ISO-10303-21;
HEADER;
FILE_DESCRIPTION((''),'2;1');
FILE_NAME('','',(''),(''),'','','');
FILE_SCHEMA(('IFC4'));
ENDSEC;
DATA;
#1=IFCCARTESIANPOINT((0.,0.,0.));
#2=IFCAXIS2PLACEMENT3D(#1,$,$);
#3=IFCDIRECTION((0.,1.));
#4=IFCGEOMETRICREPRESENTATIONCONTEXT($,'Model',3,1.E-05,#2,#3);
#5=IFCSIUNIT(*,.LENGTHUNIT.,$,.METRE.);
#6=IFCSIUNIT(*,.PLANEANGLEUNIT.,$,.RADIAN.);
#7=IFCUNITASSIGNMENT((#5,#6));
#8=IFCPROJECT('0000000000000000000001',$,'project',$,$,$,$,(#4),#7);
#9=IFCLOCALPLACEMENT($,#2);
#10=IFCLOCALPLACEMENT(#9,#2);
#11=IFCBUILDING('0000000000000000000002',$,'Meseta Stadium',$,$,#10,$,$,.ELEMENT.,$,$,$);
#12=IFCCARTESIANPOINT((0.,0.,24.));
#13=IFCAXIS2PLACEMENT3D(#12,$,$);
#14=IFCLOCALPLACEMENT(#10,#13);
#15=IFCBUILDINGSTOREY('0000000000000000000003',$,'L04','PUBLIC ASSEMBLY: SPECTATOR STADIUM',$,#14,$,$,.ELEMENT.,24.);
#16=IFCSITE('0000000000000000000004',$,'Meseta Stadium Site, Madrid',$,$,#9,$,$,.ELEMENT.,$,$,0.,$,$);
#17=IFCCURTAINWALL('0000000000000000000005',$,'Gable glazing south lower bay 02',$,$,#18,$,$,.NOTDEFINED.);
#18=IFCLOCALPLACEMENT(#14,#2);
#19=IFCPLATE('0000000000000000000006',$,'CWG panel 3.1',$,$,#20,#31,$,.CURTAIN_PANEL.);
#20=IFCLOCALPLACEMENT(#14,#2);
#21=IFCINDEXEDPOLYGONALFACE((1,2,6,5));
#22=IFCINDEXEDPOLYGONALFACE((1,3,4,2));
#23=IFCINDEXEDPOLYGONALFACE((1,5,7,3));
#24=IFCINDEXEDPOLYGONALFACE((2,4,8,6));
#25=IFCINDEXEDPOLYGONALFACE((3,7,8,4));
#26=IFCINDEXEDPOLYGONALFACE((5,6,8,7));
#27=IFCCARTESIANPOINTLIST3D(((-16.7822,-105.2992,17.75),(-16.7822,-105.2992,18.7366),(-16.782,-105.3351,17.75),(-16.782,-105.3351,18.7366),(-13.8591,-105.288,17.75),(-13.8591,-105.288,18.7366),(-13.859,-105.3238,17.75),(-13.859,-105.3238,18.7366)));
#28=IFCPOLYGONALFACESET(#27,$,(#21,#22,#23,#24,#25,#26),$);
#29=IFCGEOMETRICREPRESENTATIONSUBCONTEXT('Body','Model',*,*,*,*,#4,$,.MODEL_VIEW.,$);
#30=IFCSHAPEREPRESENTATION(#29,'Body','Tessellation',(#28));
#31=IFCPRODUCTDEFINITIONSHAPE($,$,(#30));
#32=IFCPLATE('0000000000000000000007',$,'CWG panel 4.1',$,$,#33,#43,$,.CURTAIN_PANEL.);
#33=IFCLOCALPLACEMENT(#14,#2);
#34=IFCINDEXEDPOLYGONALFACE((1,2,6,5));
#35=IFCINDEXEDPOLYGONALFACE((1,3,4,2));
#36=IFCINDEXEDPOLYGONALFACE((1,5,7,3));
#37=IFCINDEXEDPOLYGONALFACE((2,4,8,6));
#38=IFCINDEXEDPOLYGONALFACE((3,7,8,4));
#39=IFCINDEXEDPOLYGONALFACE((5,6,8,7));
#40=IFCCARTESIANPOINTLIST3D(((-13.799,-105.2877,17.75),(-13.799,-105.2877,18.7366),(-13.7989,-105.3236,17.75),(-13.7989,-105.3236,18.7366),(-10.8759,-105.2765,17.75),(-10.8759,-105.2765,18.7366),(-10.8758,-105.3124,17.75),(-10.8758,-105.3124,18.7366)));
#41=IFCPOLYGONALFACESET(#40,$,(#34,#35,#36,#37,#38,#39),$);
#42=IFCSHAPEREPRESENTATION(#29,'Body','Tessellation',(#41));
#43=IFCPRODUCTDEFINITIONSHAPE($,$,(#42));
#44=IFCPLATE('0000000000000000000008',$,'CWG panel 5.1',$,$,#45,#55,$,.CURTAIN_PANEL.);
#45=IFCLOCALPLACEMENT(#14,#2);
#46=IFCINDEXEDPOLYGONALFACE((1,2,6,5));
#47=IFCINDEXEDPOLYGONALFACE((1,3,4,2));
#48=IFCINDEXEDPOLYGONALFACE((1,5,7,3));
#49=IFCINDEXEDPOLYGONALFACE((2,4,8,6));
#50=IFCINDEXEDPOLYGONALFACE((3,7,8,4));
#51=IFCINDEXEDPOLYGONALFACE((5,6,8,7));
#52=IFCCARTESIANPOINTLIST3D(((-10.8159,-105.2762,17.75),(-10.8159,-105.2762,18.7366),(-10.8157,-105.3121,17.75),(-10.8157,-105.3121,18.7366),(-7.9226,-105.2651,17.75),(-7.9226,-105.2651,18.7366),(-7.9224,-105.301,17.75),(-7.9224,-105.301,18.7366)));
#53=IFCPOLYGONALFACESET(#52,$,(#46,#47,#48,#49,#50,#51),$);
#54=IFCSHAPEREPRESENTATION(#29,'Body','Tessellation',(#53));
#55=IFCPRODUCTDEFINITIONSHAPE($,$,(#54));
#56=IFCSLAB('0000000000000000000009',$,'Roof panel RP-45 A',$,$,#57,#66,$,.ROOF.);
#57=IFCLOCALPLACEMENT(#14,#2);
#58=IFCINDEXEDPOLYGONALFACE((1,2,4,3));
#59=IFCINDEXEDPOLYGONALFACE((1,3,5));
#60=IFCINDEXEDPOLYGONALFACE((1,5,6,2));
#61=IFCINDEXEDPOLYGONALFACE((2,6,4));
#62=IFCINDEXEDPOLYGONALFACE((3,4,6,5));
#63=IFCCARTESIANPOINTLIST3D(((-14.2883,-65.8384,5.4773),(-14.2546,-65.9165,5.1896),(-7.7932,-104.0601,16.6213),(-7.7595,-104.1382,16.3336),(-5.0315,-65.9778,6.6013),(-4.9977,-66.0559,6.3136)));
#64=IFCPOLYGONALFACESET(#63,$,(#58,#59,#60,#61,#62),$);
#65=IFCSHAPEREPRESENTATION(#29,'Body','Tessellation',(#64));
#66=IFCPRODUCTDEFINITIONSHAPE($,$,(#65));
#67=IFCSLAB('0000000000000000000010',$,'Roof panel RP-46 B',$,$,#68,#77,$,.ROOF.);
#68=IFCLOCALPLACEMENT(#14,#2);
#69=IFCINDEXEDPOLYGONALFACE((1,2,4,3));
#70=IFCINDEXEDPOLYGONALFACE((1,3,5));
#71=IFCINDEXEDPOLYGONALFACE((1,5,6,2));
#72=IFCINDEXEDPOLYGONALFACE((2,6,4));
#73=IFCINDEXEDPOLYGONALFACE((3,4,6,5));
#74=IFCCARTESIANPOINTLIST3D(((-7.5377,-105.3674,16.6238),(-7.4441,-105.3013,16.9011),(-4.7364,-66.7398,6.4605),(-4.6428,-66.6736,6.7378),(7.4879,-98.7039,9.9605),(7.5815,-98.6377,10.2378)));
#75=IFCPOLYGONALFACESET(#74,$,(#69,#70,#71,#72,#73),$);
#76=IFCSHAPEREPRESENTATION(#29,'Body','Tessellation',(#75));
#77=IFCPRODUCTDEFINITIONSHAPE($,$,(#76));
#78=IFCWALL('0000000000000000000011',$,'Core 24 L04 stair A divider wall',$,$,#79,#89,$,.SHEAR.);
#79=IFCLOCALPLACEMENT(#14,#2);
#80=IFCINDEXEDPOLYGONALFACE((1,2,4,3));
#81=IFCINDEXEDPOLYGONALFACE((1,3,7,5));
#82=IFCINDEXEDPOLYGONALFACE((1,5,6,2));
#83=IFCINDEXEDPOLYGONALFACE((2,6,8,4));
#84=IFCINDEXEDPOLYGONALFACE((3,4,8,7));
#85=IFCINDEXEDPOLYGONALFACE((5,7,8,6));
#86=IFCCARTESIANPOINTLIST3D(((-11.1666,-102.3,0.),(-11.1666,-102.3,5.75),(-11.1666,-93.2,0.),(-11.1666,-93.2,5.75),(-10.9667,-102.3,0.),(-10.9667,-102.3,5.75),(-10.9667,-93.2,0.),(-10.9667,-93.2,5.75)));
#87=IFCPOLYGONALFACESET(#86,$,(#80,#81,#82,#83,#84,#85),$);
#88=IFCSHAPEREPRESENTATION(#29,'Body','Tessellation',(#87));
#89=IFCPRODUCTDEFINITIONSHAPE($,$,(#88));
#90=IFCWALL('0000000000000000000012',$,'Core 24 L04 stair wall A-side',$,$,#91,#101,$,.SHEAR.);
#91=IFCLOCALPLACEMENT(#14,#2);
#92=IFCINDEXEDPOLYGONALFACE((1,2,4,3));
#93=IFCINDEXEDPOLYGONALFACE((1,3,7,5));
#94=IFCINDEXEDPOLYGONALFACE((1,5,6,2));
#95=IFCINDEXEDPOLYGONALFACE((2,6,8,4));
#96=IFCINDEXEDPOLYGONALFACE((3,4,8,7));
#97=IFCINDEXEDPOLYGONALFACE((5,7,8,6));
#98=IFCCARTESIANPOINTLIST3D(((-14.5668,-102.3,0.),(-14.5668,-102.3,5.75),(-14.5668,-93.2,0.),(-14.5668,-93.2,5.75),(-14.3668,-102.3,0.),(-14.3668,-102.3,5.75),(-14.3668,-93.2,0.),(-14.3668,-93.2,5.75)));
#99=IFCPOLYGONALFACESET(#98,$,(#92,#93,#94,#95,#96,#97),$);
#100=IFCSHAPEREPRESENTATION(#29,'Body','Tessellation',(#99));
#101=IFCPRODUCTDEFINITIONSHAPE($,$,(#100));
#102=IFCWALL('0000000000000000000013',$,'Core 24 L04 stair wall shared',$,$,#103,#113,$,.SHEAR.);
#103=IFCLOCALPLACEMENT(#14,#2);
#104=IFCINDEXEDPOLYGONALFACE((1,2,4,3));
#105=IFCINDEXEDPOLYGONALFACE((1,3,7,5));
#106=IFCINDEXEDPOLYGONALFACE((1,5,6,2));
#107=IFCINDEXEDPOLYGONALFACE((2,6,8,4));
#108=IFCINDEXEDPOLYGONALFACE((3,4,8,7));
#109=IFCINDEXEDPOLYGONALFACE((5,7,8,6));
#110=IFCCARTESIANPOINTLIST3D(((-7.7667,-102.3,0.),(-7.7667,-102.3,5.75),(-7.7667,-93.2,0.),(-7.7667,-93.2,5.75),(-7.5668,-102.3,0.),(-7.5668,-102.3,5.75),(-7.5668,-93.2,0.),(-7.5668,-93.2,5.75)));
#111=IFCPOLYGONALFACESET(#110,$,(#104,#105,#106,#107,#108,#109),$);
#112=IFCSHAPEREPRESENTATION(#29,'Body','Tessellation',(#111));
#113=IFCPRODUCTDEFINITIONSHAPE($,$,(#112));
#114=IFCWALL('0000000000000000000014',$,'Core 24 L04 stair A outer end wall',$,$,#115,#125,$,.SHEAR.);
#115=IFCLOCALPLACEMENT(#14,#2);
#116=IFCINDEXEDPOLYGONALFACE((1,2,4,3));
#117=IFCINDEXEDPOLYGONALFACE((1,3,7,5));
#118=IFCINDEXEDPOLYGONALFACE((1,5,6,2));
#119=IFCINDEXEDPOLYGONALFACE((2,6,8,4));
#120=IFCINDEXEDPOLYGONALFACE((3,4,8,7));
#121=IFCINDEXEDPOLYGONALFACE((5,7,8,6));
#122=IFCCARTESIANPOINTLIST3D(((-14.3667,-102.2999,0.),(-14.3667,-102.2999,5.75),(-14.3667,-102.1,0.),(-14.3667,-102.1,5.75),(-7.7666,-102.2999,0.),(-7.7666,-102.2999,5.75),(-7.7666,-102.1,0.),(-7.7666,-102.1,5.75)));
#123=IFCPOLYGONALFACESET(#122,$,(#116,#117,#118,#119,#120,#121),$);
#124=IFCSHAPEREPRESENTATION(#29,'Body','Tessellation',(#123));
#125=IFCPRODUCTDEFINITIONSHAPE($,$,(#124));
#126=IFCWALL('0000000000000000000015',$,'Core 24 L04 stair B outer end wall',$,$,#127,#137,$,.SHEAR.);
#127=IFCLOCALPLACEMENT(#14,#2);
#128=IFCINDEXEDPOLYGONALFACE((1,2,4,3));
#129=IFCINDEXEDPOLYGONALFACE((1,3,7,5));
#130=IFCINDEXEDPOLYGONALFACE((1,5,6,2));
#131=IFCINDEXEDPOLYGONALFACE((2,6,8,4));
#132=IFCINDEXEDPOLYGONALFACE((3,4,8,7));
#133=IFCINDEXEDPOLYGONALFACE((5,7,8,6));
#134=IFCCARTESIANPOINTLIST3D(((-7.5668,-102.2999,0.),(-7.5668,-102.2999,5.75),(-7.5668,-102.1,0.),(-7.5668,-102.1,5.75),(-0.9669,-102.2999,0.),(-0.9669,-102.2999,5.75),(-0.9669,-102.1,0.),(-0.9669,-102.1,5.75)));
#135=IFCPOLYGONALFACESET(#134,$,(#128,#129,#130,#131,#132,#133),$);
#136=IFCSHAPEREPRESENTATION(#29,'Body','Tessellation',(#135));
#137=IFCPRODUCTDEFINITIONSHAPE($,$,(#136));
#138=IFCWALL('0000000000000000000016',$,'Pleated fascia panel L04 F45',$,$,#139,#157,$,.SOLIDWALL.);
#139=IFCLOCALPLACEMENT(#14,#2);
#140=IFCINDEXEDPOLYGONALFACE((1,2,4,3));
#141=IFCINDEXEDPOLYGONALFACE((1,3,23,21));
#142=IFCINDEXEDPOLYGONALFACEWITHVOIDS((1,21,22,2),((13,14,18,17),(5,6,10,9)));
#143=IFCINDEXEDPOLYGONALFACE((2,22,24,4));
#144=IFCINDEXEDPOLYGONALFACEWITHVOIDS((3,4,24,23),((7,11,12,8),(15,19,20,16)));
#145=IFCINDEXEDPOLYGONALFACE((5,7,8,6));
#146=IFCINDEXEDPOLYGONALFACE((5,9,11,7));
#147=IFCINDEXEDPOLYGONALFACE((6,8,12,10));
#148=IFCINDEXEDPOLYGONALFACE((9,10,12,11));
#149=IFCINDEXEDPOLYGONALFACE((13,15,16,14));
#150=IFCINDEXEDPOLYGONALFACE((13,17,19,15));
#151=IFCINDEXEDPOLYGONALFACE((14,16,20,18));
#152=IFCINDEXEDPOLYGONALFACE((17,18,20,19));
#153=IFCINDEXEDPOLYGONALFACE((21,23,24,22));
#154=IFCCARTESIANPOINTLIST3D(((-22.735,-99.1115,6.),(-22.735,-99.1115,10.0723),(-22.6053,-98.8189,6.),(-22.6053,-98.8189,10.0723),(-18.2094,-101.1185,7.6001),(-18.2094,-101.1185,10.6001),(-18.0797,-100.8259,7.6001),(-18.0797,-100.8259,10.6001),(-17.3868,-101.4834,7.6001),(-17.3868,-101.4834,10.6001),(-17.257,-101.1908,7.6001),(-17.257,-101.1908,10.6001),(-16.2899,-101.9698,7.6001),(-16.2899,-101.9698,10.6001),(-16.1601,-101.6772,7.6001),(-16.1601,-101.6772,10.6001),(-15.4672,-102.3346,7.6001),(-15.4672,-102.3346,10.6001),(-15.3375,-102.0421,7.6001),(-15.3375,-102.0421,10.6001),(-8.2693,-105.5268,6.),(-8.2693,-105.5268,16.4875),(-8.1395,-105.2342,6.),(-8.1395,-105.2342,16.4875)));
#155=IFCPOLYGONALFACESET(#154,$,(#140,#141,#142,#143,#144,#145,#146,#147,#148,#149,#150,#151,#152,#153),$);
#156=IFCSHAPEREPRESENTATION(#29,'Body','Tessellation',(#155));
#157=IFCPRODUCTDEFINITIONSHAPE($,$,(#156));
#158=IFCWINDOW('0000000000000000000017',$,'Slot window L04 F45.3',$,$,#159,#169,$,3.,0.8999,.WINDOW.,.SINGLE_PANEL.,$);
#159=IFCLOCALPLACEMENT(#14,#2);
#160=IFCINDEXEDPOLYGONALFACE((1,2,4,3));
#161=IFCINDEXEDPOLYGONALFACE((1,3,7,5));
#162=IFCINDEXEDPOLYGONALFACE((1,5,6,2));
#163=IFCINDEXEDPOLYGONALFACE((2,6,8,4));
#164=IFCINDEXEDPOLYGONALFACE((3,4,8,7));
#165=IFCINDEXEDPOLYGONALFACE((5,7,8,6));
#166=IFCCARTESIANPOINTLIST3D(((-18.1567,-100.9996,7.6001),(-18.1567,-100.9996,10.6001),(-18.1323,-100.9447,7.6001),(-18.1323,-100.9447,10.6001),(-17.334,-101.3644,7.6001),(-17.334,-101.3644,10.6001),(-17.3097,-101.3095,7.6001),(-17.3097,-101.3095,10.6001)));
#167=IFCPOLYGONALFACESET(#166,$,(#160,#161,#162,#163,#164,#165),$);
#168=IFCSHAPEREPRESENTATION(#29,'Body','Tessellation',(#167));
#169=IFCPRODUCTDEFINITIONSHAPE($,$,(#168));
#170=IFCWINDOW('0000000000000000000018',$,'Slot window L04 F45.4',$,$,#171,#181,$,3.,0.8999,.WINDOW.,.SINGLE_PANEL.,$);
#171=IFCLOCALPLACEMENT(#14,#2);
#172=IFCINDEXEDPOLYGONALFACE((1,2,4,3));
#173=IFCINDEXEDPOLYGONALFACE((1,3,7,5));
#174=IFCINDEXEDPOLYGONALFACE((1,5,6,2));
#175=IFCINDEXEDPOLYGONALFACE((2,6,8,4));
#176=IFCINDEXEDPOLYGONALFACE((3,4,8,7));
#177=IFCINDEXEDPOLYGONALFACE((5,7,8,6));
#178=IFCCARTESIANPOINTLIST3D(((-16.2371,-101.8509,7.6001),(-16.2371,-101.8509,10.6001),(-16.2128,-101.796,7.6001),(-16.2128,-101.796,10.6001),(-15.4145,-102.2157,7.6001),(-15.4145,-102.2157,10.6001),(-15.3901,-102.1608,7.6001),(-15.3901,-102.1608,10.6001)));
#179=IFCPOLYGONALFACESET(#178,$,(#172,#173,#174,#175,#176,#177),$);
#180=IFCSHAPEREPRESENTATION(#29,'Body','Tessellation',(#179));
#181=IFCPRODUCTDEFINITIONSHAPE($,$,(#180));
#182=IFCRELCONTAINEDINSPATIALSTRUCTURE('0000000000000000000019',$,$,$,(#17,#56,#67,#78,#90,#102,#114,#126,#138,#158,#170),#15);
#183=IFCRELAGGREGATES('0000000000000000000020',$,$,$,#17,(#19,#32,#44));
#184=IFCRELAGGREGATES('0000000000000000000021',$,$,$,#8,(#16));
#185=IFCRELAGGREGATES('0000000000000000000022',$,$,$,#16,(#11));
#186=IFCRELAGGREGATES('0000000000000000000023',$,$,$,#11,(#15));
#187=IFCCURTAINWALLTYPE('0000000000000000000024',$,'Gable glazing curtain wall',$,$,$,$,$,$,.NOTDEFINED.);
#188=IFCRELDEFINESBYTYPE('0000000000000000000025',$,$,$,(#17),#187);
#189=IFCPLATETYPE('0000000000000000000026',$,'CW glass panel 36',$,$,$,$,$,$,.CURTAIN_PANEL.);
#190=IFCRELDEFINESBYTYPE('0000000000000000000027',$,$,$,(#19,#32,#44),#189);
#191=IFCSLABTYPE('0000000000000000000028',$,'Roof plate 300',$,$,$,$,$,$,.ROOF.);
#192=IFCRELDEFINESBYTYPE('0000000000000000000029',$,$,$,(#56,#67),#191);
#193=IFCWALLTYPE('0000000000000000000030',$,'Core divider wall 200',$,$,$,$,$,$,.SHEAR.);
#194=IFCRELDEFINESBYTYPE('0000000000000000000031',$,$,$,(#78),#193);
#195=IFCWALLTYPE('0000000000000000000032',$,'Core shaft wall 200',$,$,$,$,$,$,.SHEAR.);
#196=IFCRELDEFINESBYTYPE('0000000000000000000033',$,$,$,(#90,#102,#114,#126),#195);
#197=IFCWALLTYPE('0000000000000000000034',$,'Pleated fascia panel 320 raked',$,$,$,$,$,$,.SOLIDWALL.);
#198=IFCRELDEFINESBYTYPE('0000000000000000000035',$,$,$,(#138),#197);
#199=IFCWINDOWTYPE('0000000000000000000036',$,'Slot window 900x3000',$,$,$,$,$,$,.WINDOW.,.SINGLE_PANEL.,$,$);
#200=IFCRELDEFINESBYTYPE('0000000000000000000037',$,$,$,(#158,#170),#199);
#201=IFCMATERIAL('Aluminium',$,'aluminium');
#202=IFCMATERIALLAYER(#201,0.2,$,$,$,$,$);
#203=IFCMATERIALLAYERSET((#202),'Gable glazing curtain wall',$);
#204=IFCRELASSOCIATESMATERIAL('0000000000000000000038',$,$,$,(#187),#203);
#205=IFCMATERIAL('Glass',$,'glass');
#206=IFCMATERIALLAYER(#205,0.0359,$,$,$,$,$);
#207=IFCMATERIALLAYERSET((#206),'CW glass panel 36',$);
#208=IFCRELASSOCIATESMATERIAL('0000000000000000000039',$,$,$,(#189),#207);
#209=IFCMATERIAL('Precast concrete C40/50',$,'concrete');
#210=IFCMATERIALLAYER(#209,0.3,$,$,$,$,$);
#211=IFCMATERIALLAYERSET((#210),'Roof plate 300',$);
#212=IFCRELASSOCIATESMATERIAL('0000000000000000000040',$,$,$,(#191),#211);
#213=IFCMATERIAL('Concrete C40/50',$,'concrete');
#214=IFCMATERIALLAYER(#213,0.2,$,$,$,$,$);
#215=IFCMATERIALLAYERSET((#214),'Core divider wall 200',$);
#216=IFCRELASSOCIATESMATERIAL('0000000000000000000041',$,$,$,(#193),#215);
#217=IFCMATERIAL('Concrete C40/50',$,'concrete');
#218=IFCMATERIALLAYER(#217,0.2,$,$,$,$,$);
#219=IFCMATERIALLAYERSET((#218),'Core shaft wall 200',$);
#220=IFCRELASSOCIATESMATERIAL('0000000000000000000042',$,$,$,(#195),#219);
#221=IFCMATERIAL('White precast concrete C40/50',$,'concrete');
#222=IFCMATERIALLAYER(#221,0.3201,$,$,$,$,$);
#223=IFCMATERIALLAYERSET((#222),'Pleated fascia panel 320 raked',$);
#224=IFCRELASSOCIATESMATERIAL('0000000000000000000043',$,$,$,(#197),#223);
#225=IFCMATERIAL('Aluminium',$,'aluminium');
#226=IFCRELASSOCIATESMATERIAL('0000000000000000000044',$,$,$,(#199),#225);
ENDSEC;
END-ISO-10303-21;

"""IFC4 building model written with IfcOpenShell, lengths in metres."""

from ifc_helpers import new_model, si_unit, direction, frame, frame_2d, origin, origin_2d, place, context, subcontext, project, spatial, polyline, rectangle, outline, extrude, material, layer, layer_set, type_object, element, fill, aggregate, save


model = new_model("IFC4")

# Units and contexts
model_context = context("Model", 3, precision=1e-05, world=origin(), true_north=direction((0.0, 1.0)))
body_context = subcontext(model_context, "Body", "Model", "MODEL_VIEW")
ifc_project = project(units=[si_unit("LENGTHUNIT", "METRE"), si_unit("PLANEANGLEUNIT", "RADIAN")], contexts=[model_context])

# Site, building, storey
site_placement = place(None, origin())
site = spatial("IfcSite", under=ifc_project, at=site_placement, Name="Meseta Stadium Site, Madrid", CompositionType="ELEMENT", RefElevation=0.0)
building_placement = place(site_placement, origin())
building = spatial("IfcBuilding", under=site, at=building_placement, Name="Meseta Stadium", CompositionType="ELEMENT")
storey_placement = place(building_placement, frame((0.0, 0.0, 24.0)))
storey = spatial("IfcBuildingStorey", under=building, at=storey_placement, Name="L04", Description="PUBLIC ASSEMBLY: SPECTATOR STADIUM", CompositionType="ELEMENT", Elevation=24.0)

# Curtain wall
ifc_material_1 = material(Name="Aluminium", Category="aluminium")
ifc_layer_1 = layer(ifc_material_1, 0.2)
ifc_layer_set_1 = layer_set([ifc_layer_1], Name="Gable glazing curtain wall")
curtain_wall_type = type_object("IfcCurtainWallType", Name="Gable glazing curtain wall", PredefinedType="NOTDEFINED", material=ifc_layer_set_1)
curtain_wall_placement = place(storey_placement, origin())
curtain_wall = element("IfcCurtainWall", 1, at=curtain_wall_placement, inside=storey, type_object=curtain_wall_type, Name="Gable glazing south lower bay 02", PredefinedType="NOTDEFINED")

# Plates
ifc_material_2 = material(Name="Glass", Category="glass")
ifc_layer_2 = layer(ifc_material_2, 0.0359)
ifc_layer_set_2 = layer_set([ifc_layer_2], Name="CW glass panel 36")
plate_type = type_object("IfcPlateType", Name="CW glass panel 36", PredefinedType="CURTAIN_PANEL", material=ifc_layer_set_2)
plate_1_placement = place(storey_placement, frame((-15.3206, -105.3115, 17.75), z_axis=(0.0, 0.0, 1.0), x_axis=(0.999993, 0.003848, 0.0)))
plate_1 = element("IfcPlate", 2, at=plate_1_placement, type_object=plate_type, Name="CWG panel 3.1", PredefinedType="CURTAIN_PANEL", context=body_context, shape_type="SweptSolid", body=[
    extrude(rectangle(XDim=2.9231, YDim=0.0359, at=origin_2d()), origin(), (0.0, 0.0, 1.0), 0.9866),
])
plate_2_placement = place(storey_placement, frame((-12.3374, -105.3, 17.75), z_axis=(0.0, 0.0, 1.0), x_axis=(0.999993, 0.003848, 0.0)))
plate_2 = element("IfcPlate", 3, at=plate_2_placement, type_object=plate_type, Name="CWG panel 4.1", PredefinedType="CURTAIN_PANEL", context=body_context, shape_type="SweptSolid", body=[
    extrude(rectangle(XDim=2.9231, YDim=0.0359, at=origin_2d()), origin(), (0.0, 0.0, 1.0), 0.9866),
])
plate_3_placement = place(storey_placement, frame((-9.3691, -105.2886, 17.75), z_axis=(0.0, 0.0, 1.0), x_axis=(0.999993, 0.003848, 0.0)))
plate_3 = element("IfcPlate", 4, at=plate_3_placement, type_object=plate_type, Name="CWG panel 5.1", PredefinedType="CURTAIN_PANEL", context=body_context, shape_type="SweptSolid", body=[
    extrude(rectangle(XDim=2.8933, YDim=0.0359, at=origin_2d()), origin(), (0.0, 0.0, 1.0), 0.9866),
])
aggregate(curtain_wall, [plate_1, plate_2, plate_3])

# Slabs
ifc_material_3 = material(Name="Precast concrete C40/50", Category="concrete")
ifc_layer_3 = layer(ifc_material_3, 0.3)
ifc_layer_set_3 = layer_set([ifc_layer_3], Name="Roof plate 300")
slab_type = type_object("IfcSlabType", Name="Roof plate 300", PredefinedType="ROOF", material=ifc_layer_set_3)
slab_1_placement = place(storey_placement, frame((-7.7932, -104.0601, 16.6213), z_axis=(-0.112514, 0.260462, 0.958906), x_axis=(-0.161011, 0.947501, -0.276257)))
element("IfcSlab", 5, at=slab_1_placement, inside=storey, type_object=slab_type, Name="Roof panel RP-45 A", PredefinedType="ROOF", context=body_context, shape_type="SweptSolid", body=[
    extrude(outline(polyline([(0.0, 0.0), (40.3395, 0.0), (38.4064, -9.1233), (0.0, 0.0)])), origin(), (0.0, 0.0, -1.0), 0.3),
])
slab_2_placement = place(storey_placement, frame((-7.4441, -105.3013, 16.9011), z_axis=(0.312022, 0.22052, 0.924129), x_axis=(0.069961, 0.964716, -0.253827)))
element("IfcSlab", 6, at=slab_2_placement, inside=storey, type_object=slab_type, Name="Roof panel RP-46 B", PredefinedType="ROOF", context=body_context, shape_type="SweptSolid", body=[
    extrude(outline(polyline([(0.0, 0.0), (40.0405, 0.0), (9.171, -15.1811), (0.0, 0.0)])), origin(), (0.0, 0.0, -1.0), 0.3),
])

# Walls
ifc_material_4 = material(Name="Concrete C40/50", Category="concrete")
ifc_layer_4 = layer(ifc_material_4, 0.2)
ifc_layer_set_4 = layer_set([ifc_layer_4], Name="Core divider wall 200")
wall_type_1 = type_object("IfcWallType", Name="Core divider wall 200", PredefinedType="SHEAR", material=ifc_layer_set_4)
wall_1_placement = place(storey_placement, frame((-11.0667, -102.3, 0.0), z_axis=(0.0, 0.0, 1.0), x_axis=(0.0, 1.0, 0.0)))
element("IfcWall", 7, at=wall_1_placement, inside=storey, type_object=wall_type_1, Name="Core 24 L04 stair A divider wall", PredefinedType="SHEAR", context=body_context, shape_type="SweptSolid", body=[
    extrude(rectangle(XDim=9.1001, YDim=0.2, at=frame_2d((4.55, 0.0))), origin(), (0.0, 0.0, 1.0), 5.75),
])
ifc_material_5 = material(Name="Concrete C40/50", Category="concrete")
ifc_layer_5 = layer(ifc_material_5, 0.2)
ifc_layer_set_5 = layer_set([ifc_layer_5], Name="Core shaft wall 200")
wall_type_2 = type_object("IfcWallType", Name="Core shaft wall 200", PredefinedType="SHEAR", material=ifc_layer_set_5)
for number, where, z_axis, x_axis, name in (
    (8, (-14.4668, -102.3, 0.0), (0.0, 0.0, 1.0), (0.0, 1.0, 0.0), "Core 24 L04 stair wall A-side"),
    (9, (-7.6667, -102.3, 0.0), (0.0, 0.0, 1.0), (0.0, 1.0, 0.0), "Core 24 L04 stair wall shared"),
):
    element("IfcWall", number, at=place(storey_placement, frame(where, z_axis=z_axis, x_axis=x_axis)), inside=storey, type_object=wall_type_2, Name=name, PredefinedType="SHEAR", context=body_context, shape_type="SweptSolid", body=[
        extrude(rectangle(XDim=9.1001, YDim=0.2, at=frame_2d((4.55, 0.0))), origin(), (0.0, 0.0, 1.0), 5.75),
    ])
wall_2_placement = place(storey_placement, frame((-14.3667, -102.2, 0.0), z_axis=(0.0, 0.0, 1.0), x_axis=(1.0, 0.0, 0.0)))
element("IfcWall", 10, at=wall_2_placement, inside=storey, type_object=wall_type_2, Name="Core 24 L04 stair A outer end wall", PredefinedType="SHEAR", context=body_context, shape_type="SweptSolid", body=[
    extrude(rectangle(XDim=6.6001, YDim=0.2, at=frame_2d((3.3, 0.0))), origin(), (0.0, 0.0, 1.0), 5.75),
])
wall_3_placement = place(storey_placement, frame((-7.5667, -102.2, 0.0), z_axis=(0.0, 0.0, 1.0), x_axis=(1.0, 0.0, 0.0)))
element("IfcWall", 11, at=wall_3_placement, inside=storey, type_object=wall_type_2, Name="Core 24 L04 stair B outer end wall", PredefinedType="SHEAR", context=body_context, shape_type="SweptSolid", body=[
    extrude(rectangle(XDim=6.5999, YDim=0.2, at=frame_2d((3.2998, 0.0))), origin(), (0.0, 0.0, 1.0), 5.75),
])

# Wall, openings, windows
ifc_material_6 = material(Name="White precast concrete C40/50", Category="concrete")
ifc_layer_6 = layer(ifc_material_6, 0.3201)
ifc_layer_set_6 = layer_set([ifc_layer_6], Name="Pleated fascia panel 320 raked")
wall_type_3 = type_object("IfcWallType", Name="Pleated fascia panel 320 raked", PredefinedType="SOLIDWALL", material=ifc_layer_set_6)
wall_4_placement = place(storey_placement, frame((-8.2043, -105.3804, 6.0), z_axis=(0.0, 0.0, 1.0), x_axis=(-0.914139, 0.405401, 0.0)))
wall_4 = element("IfcWall", 12, at=wall_4_placement, inside=storey, type_object=wall_type_3, Name="Pleated fascia panel L04 F45", PredefinedType="SOLIDWALL", context=body_context, shape_type="SweptSolid", body=[
    extrude(outline(polyline([(0.0, 0.0), (15.8245, 0.0), (15.8245, 4.0723), (0.0, 10.4875), (0.0, 0.0)])), frame((0.0, 0.1602, 0.0), z_axis=(0.0, -1.0, 0.0), x_axis=(1.0, 0.0, 0.0)), (0.0, 0.0, 1.0), 0.3201),
])
opening_1_placement = place(wall_4_placement, frame((9.9739, 0.0, 1.6001)))
opening_1 = element("IfcOpeningElement", 13, at=opening_1_placement, cuts=wall_4, PredefinedType="OPENING", context=body_context, shape_type="SweptSolid", body=[
    extrude(rectangle(XDim=0.8999, YDim=3.0, at=frame_2d((0.45, 1.5))), frame((0.0, 0.1699, 0.0), z_axis=(0.0, -1.0, 0.0), x_axis=(1.0, 0.0, 0.0)), (0.0, 0.0, 1.0), 0.3401),
])
opening_2_placement = place(wall_4_placement, frame((7.874, 0.0, 1.6001)))
opening_2 = element("IfcOpeningElement", 14, at=opening_2_placement, cuts=wall_4, PredefinedType="OPENING", context=body_context, shape_type="SweptSolid", body=[
    extrude(rectangle(XDim=0.8999, YDim=3.0, at=frame_2d((0.45, 1.5))), frame((0.0, 0.1699, 0.0), z_axis=(0.0, -1.0, 0.0), x_axis=(1.0, 0.0, 0.0)), (0.0, 0.0, 1.0), 0.3401),
])
ifc_material_7 = material(Name="Aluminium", Category="aluminium")
window_type_1 = type_object("IfcWindowType", Name="Slot window 900x3000", PartitioningType="SINGLE_PANEL", PredefinedType="WINDOW", material=ifc_material_7)
window_1_placement = place(opening_1_placement, origin())
window_1 = element("IfcWindow", 15, at=window_1_placement, inside=storey, type_object=window_type_1, Name="Slot window L04 F45.3", OverallHeight=3.0, OverallWidth=0.8999, PartitioningType="SINGLE_PANEL", PredefinedType="WINDOW", context=body_context, shape_type="SweptSolid", body=[
    extrude(rectangle(XDim=0.8999, YDim=3.0, at=frame_2d((0.45, 1.5))), frame((0.0, 0.03, 0.0), z_axis=(0.0, -1.0, 0.0), x_axis=(1.0, 0.0, 0.0)), (0.0, 0.0, 1.0), 0.0601),
])
fill(opening_1, window_1)
window_2_placement = place(opening_2_placement, origin())
window_2 = element("IfcWindow", 16, at=window_2_placement, inside=storey, type_object=window_type_1, Name="Slot window L04 F45.4", OverallHeight=3.0, OverallWidth=0.8999, PartitioningType="SINGLE_PANEL", PredefinedType="WINDOW", context=body_context, shape_type="SweptSolid", body=[
    extrude(rectangle(XDim=0.8999, YDim=3.0, at=frame_2d((0.45, 1.5))), frame((0.0, 0.03, 0.0), z_axis=(0.0, -1.0, 0.0), x_axis=(1.0, 0.0, 0.0)), (0.0, 0.0, 1.0), 0.0601),
])
fill(opening_2, window_2)

save(model, "model.ifc")
